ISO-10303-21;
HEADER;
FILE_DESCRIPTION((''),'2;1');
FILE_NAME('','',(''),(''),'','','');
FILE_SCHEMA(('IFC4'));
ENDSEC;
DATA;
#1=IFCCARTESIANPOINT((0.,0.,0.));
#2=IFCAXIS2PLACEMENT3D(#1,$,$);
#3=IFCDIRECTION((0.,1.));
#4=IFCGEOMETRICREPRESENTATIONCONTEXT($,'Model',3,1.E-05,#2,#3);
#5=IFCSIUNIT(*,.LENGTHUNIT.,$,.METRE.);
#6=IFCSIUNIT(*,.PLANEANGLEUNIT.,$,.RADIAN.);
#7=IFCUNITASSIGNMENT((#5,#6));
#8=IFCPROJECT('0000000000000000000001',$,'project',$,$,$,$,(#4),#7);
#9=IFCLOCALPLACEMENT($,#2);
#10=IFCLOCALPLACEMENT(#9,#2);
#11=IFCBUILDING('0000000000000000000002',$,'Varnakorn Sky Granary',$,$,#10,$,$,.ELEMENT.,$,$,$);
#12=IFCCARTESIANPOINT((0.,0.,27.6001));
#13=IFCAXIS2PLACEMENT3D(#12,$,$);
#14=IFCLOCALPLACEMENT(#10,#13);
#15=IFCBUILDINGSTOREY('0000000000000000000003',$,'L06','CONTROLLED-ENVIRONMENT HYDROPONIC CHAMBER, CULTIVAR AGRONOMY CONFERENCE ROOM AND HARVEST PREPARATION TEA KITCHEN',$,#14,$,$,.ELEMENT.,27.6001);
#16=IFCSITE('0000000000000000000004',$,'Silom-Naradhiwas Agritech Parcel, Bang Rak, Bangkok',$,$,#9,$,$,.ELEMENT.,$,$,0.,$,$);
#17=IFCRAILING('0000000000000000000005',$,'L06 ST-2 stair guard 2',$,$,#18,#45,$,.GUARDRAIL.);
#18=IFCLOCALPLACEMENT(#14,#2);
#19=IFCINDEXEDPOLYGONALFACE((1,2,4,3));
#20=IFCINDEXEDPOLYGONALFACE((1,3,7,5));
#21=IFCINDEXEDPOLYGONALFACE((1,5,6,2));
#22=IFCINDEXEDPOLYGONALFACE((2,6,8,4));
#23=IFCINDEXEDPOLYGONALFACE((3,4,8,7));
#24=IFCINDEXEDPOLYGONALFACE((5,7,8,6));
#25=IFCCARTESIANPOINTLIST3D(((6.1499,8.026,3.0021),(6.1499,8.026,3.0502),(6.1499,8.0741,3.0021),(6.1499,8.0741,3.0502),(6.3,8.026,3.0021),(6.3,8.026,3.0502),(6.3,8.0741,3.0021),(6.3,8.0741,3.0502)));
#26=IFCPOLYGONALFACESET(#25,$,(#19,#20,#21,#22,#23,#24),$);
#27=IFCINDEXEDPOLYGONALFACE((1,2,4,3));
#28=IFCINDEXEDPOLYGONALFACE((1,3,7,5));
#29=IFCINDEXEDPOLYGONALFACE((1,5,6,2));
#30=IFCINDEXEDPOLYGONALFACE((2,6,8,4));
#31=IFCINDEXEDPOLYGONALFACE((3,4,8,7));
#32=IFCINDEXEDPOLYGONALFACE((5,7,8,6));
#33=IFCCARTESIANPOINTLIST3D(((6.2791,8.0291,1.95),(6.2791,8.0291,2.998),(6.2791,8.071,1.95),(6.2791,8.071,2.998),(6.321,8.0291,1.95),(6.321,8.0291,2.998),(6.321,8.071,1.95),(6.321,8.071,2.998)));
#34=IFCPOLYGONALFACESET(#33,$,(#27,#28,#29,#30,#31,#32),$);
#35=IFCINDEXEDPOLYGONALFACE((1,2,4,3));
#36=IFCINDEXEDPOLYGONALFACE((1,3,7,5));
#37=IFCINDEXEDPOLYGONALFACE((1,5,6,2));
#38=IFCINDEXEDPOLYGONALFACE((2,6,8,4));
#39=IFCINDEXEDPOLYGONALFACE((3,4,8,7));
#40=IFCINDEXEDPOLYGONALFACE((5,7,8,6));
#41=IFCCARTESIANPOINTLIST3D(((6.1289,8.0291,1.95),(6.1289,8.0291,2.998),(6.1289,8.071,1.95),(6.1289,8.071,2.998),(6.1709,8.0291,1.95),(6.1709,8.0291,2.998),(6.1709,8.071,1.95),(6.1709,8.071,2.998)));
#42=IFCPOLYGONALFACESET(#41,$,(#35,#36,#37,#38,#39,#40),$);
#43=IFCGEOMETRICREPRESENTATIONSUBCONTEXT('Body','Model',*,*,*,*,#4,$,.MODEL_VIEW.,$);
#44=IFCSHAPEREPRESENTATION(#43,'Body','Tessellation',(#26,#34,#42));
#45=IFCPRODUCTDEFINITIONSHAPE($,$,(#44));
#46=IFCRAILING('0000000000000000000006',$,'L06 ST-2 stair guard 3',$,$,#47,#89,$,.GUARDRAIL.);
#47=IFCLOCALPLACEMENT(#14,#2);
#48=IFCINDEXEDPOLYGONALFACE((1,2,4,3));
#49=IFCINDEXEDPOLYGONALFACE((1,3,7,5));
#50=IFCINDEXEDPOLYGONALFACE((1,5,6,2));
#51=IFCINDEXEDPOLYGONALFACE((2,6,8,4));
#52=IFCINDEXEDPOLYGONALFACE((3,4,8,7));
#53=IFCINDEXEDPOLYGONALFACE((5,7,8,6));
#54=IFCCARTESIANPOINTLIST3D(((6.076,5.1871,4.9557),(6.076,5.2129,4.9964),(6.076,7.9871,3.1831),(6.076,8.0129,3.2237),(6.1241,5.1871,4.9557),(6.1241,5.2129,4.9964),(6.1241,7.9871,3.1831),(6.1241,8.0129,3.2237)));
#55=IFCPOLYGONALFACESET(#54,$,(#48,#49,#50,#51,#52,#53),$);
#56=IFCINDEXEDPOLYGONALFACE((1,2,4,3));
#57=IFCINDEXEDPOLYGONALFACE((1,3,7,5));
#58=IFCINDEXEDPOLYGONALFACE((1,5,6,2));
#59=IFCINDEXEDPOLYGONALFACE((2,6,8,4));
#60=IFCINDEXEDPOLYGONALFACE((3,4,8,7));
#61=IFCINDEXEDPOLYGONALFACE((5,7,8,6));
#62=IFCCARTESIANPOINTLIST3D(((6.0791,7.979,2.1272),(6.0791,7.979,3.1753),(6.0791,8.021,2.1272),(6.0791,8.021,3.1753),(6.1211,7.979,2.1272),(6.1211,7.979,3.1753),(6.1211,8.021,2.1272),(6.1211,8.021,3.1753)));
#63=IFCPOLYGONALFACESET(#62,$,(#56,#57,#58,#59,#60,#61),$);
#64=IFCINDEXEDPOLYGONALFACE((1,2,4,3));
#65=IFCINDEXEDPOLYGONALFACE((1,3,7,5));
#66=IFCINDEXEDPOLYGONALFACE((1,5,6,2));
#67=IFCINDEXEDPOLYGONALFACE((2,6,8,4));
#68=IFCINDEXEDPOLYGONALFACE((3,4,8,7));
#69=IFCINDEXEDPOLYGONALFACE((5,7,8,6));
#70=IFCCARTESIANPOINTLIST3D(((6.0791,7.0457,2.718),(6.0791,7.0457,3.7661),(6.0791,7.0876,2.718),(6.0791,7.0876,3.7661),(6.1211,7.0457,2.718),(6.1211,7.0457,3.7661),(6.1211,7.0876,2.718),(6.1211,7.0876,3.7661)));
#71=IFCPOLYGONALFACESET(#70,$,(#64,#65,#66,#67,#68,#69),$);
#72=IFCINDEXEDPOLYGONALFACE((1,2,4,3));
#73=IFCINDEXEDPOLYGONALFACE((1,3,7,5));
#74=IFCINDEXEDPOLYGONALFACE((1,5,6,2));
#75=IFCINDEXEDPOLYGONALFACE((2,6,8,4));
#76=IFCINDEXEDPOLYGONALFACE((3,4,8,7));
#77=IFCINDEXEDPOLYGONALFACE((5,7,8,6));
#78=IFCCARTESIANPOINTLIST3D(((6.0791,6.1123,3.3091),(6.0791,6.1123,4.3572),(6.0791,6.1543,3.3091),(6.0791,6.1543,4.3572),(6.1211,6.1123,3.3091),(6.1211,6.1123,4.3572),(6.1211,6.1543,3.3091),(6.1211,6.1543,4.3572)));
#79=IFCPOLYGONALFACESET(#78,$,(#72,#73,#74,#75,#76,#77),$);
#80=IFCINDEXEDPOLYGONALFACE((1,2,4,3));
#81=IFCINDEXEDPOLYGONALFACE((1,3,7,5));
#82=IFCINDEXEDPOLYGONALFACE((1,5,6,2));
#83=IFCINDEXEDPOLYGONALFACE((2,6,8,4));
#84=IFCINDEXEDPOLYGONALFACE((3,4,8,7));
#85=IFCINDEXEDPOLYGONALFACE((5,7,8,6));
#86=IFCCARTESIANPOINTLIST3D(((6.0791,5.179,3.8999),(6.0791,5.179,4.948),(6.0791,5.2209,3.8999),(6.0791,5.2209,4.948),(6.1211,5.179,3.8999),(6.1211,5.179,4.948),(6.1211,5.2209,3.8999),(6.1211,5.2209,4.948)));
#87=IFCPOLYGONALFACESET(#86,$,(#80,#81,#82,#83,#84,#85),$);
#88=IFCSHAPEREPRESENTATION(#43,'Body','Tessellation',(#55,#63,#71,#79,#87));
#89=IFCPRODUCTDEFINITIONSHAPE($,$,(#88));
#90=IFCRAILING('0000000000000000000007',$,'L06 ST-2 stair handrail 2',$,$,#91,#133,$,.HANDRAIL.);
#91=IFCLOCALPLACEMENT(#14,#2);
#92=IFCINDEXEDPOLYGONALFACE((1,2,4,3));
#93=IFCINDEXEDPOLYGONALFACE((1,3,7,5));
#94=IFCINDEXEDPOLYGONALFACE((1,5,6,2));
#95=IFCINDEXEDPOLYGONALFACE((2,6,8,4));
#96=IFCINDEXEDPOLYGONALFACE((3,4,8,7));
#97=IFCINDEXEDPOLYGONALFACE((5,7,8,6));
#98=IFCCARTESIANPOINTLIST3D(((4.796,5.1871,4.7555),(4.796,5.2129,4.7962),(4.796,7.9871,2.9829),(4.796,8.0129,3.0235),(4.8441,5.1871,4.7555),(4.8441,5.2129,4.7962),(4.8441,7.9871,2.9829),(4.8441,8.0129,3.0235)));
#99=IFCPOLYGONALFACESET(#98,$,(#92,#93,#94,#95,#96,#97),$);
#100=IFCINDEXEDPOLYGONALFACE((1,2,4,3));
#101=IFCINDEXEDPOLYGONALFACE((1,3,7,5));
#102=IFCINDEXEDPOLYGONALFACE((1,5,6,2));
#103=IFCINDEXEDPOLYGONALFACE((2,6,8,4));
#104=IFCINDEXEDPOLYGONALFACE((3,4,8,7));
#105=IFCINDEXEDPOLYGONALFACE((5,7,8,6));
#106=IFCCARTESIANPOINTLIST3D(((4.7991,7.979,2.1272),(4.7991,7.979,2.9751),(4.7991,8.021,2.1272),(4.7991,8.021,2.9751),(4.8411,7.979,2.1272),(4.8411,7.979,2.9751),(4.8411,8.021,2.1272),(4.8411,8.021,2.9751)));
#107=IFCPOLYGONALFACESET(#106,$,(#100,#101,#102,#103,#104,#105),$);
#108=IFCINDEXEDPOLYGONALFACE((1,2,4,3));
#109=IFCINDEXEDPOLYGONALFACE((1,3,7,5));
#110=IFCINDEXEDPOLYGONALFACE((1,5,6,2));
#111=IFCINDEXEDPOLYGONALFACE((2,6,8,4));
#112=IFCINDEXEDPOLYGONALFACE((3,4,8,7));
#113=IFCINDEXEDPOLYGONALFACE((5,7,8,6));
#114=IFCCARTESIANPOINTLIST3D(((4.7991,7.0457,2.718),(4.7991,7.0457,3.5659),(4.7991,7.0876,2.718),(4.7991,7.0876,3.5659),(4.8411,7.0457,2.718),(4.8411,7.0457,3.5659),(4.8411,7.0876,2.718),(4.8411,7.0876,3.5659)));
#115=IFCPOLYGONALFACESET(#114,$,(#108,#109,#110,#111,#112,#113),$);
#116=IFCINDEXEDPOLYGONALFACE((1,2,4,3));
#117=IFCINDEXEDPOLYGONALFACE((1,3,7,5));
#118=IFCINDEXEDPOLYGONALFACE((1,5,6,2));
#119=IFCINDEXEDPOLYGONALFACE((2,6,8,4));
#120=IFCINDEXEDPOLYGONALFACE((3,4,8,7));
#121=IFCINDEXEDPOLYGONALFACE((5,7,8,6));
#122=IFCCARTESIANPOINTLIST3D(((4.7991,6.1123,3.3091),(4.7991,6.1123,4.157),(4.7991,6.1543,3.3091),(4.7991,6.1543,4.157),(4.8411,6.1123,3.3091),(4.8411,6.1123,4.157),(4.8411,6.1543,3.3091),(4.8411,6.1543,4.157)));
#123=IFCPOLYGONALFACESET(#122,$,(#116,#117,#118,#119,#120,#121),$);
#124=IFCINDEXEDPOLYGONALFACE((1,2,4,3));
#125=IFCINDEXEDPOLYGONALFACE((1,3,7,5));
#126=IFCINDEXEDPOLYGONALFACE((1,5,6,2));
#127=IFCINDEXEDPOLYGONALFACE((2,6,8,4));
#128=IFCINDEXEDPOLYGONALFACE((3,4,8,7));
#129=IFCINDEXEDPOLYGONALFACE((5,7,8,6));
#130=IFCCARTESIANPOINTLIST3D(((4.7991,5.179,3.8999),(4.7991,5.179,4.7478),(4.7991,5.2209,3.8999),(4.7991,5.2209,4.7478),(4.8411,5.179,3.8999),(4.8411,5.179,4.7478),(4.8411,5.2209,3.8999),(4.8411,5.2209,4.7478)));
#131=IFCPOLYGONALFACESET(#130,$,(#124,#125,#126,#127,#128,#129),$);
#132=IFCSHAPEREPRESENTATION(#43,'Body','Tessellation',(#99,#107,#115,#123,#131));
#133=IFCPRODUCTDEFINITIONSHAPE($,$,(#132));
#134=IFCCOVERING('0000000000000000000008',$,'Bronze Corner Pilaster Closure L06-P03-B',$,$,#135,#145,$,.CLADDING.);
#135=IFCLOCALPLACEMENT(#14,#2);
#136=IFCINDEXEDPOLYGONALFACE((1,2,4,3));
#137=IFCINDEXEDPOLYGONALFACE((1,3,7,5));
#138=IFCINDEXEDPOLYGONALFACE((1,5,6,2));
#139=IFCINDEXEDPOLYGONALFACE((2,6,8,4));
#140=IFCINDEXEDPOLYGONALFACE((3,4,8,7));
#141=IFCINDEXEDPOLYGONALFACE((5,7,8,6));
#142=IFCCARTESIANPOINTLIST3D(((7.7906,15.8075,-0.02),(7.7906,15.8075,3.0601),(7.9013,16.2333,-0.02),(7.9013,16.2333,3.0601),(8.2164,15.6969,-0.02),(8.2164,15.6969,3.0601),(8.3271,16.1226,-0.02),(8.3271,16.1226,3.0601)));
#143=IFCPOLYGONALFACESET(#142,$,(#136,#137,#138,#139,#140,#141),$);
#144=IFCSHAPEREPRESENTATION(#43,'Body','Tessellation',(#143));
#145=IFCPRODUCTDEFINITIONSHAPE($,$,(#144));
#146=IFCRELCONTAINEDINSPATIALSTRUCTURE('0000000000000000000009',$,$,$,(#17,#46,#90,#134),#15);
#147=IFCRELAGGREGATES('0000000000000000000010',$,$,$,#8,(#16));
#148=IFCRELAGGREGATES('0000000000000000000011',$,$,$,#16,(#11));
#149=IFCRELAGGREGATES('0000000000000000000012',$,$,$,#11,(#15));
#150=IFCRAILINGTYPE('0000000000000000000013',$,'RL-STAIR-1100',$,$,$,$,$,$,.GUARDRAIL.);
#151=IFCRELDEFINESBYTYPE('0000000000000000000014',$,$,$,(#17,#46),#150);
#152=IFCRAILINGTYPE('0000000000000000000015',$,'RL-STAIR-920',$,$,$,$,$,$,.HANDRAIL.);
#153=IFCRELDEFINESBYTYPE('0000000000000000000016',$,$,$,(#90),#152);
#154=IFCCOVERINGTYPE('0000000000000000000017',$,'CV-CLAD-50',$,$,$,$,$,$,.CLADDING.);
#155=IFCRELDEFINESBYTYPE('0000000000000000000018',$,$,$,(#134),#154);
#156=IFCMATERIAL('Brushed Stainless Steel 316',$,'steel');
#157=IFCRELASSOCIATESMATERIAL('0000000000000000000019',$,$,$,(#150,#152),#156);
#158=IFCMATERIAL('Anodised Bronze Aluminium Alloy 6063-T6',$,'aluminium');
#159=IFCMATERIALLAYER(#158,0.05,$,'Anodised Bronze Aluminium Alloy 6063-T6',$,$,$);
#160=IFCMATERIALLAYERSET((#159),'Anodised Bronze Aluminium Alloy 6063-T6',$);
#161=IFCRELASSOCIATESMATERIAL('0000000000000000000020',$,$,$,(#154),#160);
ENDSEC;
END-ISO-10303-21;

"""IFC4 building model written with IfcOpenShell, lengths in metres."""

from ifc_helpers import new_model, si_unit, direction, frame, origin, origin_2d, place, context, subcontext, project, spatial, rectangle, extrude, source, transform, mapped, material, layer, layer_set, type_object, type_shapes, element, save


model = new_model("IFC4")

# Units and contexts
model_context = context("Model", 3, precision=1e-05, world=origin(), true_north=direction((0.0, 1.0)))
body_context = subcontext(model_context, "Body", "Model", "MODEL_VIEW")
ifc_project = project(units=[si_unit("LENGTHUNIT", "METRE"), si_unit("PLANEANGLEUNIT", "RADIAN")], contexts=[model_context])

# Site, building, storey
site_placement = place(None, origin())
site = spatial("IfcSite", under=ifc_project, at=site_placement, Name="Silom-Naradhiwas Agritech Parcel, Bang Rak, Bangkok", CompositionType="ELEMENT", RefElevation=0.0)
building_placement = place(site_placement, origin())
building = spatial("IfcBuilding", under=site, at=building_placement, Name="Varnakorn Sky Granary", CompositionType="ELEMENT")
storey_placement = place(building_placement, frame((0.0, 0.0, 27.6001)))
storey = spatial("IfcBuildingStorey", under=building, at=storey_placement, Name="L06", Description="CONTROLLED-ENVIRONMENT HYDROPONIC CHAMBER, CULTIVAR AGRONOMY CONFERENCE ROOM AND HARVEST PREPARATION TEA KITCHEN", CompositionType="ELEMENT", Elevation=27.6001)

# Railings
ifc_material_1 = material(Name="Brushed Stainless Steel 316", Category="steel")
railing_type_1 = type_object("IfcRailingType", Name="RL-STAIR-1100", PredefinedType="GUARDRAIL", material=ifc_material_1)
railing_1_placement = place(storey_placement, frame((6.3, 8.05, 1.95)))
element("IfcRailing", 1, at=railing_1_placement, inside=storey, type_object=railing_type_1, Name="L06 ST-2 stair guard 2", PredefinedType="GUARDRAIL", context=body_context, shape_type="SweptSolid", body=[
    extrude(rectangle(XDim=0.0481, YDim=0.0481, at=origin_2d()), frame((0.0, 0.0, 1.0762), z_axis=(-1.0, 0.0, 0.0), x_axis=(0.0, -1.0, 0.0)), (0.0, 0.0, 1.0), 0.1501),
    extrude(rectangle(XDim=0.042, YDim=0.042, at=origin_2d()), origin(), (0.0, 0.0, 1.0), 1.0481),
    extrude(rectangle(XDim=0.042, YDim=0.042, at=origin_2d()), frame((-0.1501, 0.0, 0.0)), (0.0, 0.0, 1.0), 1.0481),
])
railing_2_placement = place(storey_placement, frame((6.1001, 8.0, 2.1272)))
element("IfcRailing", 2, at=railing_2_placement, inside=storey, type_object=railing_type_1, Name="L06 ST-2 stair guard 3", PredefinedType="GUARDRAIL", context=body_context, shape_type="SweptSolid", body=[
    extrude(rectangle(XDim=0.0481, YDim=0.0481, at=origin_2d()), frame((0.0, 0.0, 1.0762), z_axis=(0.0, -0.844909, 0.53491), x_axis=(1.0, 0.0, 0.0)), (0.0, 0.0, 1.0), 3.314),
    extrude(rectangle(XDim=0.042, YDim=0.042, at=origin_2d()), origin(), (0.0, 0.0, 1.0), 1.0481),
    extrude(rectangle(XDim=0.042, YDim=0.042, at=origin_2d()), frame((0.0, -0.9333, 0.5908)), (0.0, 0.0, 1.0), 1.0481),
    extrude(rectangle(XDim=0.042, YDim=0.042, at=origin_2d()), frame((0.0, -1.8667, 1.1819)), (0.0, 0.0, 1.0), 1.0481),
    extrude(rectangle(XDim=0.042, YDim=0.042, at=origin_2d()), frame((0.0, -2.8, 1.7727)), (0.0, 0.0, 1.0), 1.0481),
])
railing_type_2 = type_object("IfcRailingType", Name="RL-STAIR-920", PredefinedType="HANDRAIL", material=ifc_material_1)
railing_3_placement = place(storey_placement, frame((4.8201, 8.0, 2.1272)))
element("IfcRailing", 3, at=railing_3_placement, inside=storey, type_object=railing_type_2, Name="L06 ST-2 stair handrail 2", PredefinedType="HANDRAIL", context=body_context, shape_type="SweptSolid", body=[
    extrude(rectangle(XDim=0.0481, YDim=0.0481, at=origin_2d()), frame((0.0, 0.0, 0.876), z_axis=(0.0, -0.844909, 0.53491), x_axis=(1.0, 0.0, 0.0)), (0.0, 0.0, 1.0), 3.314),
    extrude(rectangle(XDim=0.042, YDim=0.042, at=origin_2d()), origin(), (0.0, 0.0, 1.0), 0.8479),
    extrude(rectangle(XDim=0.042, YDim=0.042, at=origin_2d()), frame((0.0, -0.9333, 0.5908)), (0.0, 0.0, 1.0), 0.8479),
    extrude(rectangle(XDim=0.042, YDim=0.042, at=origin_2d()), frame((0.0, -1.8667, 1.1819)), (0.0, 0.0, 1.0), 0.8479),
    extrude(rectangle(XDim=0.042, YDim=0.042, at=origin_2d()), frame((0.0, -2.8, 1.7727)), (0.0, 0.0, 1.0), 0.8479),
])

# Covering
ifc_material_2 = material(Name="Anodised Bronze Aluminium Alloy 6063-T6", Category="aluminium")
ifc_layer_1 = layer(ifc_material_2, 0.05, Name="Anodised Bronze Aluminium Alloy 6063-T6")
ifc_layer_set_1 = layer_set([ifc_layer_1], Name="Anodised Bronze Aluminium Alloy 6063-T6")
covering_type = type_object("IfcCoveringType", Name="CV-CLAD-50", PredefinedType="CLADDING", material=ifc_layer_set_1)
shared_shape = source(origin(), body_context, "Body", "SweptSolid", [
    extrude(rectangle(XDim=0.4399, YDim=0.4399, at=origin_2d()), origin(), (0.0, 0.0, 1.0), 3.0801),
])
type_shapes(covering_type, [shared_shape])
covering_placement = place(storey_placement, frame((8.0588, 15.9651, -0.02), z_axis=(0.0, 0.0, 1.0), x_axis=(0.967841, -0.251563, 0.0)))
element("IfcCovering", 4, at=covering_placement, inside=storey, type_object=covering_type, Name="Bronze Corner Pilaster Closure L06-P03-B", PredefinedType="CLADDING", context=body_context, shape_type="MappedRepresentation", body=[
    mapped(shared_shape, transform((0.0, 0.0, 0.0), x_axis=(1.0, 0.0, 0.0), y_axis=(0.0, 1.0, 0.0), z_axis=(0.0, 0.0, 1.0), scale=1.0)),
])

save(model, "model.ifc")
